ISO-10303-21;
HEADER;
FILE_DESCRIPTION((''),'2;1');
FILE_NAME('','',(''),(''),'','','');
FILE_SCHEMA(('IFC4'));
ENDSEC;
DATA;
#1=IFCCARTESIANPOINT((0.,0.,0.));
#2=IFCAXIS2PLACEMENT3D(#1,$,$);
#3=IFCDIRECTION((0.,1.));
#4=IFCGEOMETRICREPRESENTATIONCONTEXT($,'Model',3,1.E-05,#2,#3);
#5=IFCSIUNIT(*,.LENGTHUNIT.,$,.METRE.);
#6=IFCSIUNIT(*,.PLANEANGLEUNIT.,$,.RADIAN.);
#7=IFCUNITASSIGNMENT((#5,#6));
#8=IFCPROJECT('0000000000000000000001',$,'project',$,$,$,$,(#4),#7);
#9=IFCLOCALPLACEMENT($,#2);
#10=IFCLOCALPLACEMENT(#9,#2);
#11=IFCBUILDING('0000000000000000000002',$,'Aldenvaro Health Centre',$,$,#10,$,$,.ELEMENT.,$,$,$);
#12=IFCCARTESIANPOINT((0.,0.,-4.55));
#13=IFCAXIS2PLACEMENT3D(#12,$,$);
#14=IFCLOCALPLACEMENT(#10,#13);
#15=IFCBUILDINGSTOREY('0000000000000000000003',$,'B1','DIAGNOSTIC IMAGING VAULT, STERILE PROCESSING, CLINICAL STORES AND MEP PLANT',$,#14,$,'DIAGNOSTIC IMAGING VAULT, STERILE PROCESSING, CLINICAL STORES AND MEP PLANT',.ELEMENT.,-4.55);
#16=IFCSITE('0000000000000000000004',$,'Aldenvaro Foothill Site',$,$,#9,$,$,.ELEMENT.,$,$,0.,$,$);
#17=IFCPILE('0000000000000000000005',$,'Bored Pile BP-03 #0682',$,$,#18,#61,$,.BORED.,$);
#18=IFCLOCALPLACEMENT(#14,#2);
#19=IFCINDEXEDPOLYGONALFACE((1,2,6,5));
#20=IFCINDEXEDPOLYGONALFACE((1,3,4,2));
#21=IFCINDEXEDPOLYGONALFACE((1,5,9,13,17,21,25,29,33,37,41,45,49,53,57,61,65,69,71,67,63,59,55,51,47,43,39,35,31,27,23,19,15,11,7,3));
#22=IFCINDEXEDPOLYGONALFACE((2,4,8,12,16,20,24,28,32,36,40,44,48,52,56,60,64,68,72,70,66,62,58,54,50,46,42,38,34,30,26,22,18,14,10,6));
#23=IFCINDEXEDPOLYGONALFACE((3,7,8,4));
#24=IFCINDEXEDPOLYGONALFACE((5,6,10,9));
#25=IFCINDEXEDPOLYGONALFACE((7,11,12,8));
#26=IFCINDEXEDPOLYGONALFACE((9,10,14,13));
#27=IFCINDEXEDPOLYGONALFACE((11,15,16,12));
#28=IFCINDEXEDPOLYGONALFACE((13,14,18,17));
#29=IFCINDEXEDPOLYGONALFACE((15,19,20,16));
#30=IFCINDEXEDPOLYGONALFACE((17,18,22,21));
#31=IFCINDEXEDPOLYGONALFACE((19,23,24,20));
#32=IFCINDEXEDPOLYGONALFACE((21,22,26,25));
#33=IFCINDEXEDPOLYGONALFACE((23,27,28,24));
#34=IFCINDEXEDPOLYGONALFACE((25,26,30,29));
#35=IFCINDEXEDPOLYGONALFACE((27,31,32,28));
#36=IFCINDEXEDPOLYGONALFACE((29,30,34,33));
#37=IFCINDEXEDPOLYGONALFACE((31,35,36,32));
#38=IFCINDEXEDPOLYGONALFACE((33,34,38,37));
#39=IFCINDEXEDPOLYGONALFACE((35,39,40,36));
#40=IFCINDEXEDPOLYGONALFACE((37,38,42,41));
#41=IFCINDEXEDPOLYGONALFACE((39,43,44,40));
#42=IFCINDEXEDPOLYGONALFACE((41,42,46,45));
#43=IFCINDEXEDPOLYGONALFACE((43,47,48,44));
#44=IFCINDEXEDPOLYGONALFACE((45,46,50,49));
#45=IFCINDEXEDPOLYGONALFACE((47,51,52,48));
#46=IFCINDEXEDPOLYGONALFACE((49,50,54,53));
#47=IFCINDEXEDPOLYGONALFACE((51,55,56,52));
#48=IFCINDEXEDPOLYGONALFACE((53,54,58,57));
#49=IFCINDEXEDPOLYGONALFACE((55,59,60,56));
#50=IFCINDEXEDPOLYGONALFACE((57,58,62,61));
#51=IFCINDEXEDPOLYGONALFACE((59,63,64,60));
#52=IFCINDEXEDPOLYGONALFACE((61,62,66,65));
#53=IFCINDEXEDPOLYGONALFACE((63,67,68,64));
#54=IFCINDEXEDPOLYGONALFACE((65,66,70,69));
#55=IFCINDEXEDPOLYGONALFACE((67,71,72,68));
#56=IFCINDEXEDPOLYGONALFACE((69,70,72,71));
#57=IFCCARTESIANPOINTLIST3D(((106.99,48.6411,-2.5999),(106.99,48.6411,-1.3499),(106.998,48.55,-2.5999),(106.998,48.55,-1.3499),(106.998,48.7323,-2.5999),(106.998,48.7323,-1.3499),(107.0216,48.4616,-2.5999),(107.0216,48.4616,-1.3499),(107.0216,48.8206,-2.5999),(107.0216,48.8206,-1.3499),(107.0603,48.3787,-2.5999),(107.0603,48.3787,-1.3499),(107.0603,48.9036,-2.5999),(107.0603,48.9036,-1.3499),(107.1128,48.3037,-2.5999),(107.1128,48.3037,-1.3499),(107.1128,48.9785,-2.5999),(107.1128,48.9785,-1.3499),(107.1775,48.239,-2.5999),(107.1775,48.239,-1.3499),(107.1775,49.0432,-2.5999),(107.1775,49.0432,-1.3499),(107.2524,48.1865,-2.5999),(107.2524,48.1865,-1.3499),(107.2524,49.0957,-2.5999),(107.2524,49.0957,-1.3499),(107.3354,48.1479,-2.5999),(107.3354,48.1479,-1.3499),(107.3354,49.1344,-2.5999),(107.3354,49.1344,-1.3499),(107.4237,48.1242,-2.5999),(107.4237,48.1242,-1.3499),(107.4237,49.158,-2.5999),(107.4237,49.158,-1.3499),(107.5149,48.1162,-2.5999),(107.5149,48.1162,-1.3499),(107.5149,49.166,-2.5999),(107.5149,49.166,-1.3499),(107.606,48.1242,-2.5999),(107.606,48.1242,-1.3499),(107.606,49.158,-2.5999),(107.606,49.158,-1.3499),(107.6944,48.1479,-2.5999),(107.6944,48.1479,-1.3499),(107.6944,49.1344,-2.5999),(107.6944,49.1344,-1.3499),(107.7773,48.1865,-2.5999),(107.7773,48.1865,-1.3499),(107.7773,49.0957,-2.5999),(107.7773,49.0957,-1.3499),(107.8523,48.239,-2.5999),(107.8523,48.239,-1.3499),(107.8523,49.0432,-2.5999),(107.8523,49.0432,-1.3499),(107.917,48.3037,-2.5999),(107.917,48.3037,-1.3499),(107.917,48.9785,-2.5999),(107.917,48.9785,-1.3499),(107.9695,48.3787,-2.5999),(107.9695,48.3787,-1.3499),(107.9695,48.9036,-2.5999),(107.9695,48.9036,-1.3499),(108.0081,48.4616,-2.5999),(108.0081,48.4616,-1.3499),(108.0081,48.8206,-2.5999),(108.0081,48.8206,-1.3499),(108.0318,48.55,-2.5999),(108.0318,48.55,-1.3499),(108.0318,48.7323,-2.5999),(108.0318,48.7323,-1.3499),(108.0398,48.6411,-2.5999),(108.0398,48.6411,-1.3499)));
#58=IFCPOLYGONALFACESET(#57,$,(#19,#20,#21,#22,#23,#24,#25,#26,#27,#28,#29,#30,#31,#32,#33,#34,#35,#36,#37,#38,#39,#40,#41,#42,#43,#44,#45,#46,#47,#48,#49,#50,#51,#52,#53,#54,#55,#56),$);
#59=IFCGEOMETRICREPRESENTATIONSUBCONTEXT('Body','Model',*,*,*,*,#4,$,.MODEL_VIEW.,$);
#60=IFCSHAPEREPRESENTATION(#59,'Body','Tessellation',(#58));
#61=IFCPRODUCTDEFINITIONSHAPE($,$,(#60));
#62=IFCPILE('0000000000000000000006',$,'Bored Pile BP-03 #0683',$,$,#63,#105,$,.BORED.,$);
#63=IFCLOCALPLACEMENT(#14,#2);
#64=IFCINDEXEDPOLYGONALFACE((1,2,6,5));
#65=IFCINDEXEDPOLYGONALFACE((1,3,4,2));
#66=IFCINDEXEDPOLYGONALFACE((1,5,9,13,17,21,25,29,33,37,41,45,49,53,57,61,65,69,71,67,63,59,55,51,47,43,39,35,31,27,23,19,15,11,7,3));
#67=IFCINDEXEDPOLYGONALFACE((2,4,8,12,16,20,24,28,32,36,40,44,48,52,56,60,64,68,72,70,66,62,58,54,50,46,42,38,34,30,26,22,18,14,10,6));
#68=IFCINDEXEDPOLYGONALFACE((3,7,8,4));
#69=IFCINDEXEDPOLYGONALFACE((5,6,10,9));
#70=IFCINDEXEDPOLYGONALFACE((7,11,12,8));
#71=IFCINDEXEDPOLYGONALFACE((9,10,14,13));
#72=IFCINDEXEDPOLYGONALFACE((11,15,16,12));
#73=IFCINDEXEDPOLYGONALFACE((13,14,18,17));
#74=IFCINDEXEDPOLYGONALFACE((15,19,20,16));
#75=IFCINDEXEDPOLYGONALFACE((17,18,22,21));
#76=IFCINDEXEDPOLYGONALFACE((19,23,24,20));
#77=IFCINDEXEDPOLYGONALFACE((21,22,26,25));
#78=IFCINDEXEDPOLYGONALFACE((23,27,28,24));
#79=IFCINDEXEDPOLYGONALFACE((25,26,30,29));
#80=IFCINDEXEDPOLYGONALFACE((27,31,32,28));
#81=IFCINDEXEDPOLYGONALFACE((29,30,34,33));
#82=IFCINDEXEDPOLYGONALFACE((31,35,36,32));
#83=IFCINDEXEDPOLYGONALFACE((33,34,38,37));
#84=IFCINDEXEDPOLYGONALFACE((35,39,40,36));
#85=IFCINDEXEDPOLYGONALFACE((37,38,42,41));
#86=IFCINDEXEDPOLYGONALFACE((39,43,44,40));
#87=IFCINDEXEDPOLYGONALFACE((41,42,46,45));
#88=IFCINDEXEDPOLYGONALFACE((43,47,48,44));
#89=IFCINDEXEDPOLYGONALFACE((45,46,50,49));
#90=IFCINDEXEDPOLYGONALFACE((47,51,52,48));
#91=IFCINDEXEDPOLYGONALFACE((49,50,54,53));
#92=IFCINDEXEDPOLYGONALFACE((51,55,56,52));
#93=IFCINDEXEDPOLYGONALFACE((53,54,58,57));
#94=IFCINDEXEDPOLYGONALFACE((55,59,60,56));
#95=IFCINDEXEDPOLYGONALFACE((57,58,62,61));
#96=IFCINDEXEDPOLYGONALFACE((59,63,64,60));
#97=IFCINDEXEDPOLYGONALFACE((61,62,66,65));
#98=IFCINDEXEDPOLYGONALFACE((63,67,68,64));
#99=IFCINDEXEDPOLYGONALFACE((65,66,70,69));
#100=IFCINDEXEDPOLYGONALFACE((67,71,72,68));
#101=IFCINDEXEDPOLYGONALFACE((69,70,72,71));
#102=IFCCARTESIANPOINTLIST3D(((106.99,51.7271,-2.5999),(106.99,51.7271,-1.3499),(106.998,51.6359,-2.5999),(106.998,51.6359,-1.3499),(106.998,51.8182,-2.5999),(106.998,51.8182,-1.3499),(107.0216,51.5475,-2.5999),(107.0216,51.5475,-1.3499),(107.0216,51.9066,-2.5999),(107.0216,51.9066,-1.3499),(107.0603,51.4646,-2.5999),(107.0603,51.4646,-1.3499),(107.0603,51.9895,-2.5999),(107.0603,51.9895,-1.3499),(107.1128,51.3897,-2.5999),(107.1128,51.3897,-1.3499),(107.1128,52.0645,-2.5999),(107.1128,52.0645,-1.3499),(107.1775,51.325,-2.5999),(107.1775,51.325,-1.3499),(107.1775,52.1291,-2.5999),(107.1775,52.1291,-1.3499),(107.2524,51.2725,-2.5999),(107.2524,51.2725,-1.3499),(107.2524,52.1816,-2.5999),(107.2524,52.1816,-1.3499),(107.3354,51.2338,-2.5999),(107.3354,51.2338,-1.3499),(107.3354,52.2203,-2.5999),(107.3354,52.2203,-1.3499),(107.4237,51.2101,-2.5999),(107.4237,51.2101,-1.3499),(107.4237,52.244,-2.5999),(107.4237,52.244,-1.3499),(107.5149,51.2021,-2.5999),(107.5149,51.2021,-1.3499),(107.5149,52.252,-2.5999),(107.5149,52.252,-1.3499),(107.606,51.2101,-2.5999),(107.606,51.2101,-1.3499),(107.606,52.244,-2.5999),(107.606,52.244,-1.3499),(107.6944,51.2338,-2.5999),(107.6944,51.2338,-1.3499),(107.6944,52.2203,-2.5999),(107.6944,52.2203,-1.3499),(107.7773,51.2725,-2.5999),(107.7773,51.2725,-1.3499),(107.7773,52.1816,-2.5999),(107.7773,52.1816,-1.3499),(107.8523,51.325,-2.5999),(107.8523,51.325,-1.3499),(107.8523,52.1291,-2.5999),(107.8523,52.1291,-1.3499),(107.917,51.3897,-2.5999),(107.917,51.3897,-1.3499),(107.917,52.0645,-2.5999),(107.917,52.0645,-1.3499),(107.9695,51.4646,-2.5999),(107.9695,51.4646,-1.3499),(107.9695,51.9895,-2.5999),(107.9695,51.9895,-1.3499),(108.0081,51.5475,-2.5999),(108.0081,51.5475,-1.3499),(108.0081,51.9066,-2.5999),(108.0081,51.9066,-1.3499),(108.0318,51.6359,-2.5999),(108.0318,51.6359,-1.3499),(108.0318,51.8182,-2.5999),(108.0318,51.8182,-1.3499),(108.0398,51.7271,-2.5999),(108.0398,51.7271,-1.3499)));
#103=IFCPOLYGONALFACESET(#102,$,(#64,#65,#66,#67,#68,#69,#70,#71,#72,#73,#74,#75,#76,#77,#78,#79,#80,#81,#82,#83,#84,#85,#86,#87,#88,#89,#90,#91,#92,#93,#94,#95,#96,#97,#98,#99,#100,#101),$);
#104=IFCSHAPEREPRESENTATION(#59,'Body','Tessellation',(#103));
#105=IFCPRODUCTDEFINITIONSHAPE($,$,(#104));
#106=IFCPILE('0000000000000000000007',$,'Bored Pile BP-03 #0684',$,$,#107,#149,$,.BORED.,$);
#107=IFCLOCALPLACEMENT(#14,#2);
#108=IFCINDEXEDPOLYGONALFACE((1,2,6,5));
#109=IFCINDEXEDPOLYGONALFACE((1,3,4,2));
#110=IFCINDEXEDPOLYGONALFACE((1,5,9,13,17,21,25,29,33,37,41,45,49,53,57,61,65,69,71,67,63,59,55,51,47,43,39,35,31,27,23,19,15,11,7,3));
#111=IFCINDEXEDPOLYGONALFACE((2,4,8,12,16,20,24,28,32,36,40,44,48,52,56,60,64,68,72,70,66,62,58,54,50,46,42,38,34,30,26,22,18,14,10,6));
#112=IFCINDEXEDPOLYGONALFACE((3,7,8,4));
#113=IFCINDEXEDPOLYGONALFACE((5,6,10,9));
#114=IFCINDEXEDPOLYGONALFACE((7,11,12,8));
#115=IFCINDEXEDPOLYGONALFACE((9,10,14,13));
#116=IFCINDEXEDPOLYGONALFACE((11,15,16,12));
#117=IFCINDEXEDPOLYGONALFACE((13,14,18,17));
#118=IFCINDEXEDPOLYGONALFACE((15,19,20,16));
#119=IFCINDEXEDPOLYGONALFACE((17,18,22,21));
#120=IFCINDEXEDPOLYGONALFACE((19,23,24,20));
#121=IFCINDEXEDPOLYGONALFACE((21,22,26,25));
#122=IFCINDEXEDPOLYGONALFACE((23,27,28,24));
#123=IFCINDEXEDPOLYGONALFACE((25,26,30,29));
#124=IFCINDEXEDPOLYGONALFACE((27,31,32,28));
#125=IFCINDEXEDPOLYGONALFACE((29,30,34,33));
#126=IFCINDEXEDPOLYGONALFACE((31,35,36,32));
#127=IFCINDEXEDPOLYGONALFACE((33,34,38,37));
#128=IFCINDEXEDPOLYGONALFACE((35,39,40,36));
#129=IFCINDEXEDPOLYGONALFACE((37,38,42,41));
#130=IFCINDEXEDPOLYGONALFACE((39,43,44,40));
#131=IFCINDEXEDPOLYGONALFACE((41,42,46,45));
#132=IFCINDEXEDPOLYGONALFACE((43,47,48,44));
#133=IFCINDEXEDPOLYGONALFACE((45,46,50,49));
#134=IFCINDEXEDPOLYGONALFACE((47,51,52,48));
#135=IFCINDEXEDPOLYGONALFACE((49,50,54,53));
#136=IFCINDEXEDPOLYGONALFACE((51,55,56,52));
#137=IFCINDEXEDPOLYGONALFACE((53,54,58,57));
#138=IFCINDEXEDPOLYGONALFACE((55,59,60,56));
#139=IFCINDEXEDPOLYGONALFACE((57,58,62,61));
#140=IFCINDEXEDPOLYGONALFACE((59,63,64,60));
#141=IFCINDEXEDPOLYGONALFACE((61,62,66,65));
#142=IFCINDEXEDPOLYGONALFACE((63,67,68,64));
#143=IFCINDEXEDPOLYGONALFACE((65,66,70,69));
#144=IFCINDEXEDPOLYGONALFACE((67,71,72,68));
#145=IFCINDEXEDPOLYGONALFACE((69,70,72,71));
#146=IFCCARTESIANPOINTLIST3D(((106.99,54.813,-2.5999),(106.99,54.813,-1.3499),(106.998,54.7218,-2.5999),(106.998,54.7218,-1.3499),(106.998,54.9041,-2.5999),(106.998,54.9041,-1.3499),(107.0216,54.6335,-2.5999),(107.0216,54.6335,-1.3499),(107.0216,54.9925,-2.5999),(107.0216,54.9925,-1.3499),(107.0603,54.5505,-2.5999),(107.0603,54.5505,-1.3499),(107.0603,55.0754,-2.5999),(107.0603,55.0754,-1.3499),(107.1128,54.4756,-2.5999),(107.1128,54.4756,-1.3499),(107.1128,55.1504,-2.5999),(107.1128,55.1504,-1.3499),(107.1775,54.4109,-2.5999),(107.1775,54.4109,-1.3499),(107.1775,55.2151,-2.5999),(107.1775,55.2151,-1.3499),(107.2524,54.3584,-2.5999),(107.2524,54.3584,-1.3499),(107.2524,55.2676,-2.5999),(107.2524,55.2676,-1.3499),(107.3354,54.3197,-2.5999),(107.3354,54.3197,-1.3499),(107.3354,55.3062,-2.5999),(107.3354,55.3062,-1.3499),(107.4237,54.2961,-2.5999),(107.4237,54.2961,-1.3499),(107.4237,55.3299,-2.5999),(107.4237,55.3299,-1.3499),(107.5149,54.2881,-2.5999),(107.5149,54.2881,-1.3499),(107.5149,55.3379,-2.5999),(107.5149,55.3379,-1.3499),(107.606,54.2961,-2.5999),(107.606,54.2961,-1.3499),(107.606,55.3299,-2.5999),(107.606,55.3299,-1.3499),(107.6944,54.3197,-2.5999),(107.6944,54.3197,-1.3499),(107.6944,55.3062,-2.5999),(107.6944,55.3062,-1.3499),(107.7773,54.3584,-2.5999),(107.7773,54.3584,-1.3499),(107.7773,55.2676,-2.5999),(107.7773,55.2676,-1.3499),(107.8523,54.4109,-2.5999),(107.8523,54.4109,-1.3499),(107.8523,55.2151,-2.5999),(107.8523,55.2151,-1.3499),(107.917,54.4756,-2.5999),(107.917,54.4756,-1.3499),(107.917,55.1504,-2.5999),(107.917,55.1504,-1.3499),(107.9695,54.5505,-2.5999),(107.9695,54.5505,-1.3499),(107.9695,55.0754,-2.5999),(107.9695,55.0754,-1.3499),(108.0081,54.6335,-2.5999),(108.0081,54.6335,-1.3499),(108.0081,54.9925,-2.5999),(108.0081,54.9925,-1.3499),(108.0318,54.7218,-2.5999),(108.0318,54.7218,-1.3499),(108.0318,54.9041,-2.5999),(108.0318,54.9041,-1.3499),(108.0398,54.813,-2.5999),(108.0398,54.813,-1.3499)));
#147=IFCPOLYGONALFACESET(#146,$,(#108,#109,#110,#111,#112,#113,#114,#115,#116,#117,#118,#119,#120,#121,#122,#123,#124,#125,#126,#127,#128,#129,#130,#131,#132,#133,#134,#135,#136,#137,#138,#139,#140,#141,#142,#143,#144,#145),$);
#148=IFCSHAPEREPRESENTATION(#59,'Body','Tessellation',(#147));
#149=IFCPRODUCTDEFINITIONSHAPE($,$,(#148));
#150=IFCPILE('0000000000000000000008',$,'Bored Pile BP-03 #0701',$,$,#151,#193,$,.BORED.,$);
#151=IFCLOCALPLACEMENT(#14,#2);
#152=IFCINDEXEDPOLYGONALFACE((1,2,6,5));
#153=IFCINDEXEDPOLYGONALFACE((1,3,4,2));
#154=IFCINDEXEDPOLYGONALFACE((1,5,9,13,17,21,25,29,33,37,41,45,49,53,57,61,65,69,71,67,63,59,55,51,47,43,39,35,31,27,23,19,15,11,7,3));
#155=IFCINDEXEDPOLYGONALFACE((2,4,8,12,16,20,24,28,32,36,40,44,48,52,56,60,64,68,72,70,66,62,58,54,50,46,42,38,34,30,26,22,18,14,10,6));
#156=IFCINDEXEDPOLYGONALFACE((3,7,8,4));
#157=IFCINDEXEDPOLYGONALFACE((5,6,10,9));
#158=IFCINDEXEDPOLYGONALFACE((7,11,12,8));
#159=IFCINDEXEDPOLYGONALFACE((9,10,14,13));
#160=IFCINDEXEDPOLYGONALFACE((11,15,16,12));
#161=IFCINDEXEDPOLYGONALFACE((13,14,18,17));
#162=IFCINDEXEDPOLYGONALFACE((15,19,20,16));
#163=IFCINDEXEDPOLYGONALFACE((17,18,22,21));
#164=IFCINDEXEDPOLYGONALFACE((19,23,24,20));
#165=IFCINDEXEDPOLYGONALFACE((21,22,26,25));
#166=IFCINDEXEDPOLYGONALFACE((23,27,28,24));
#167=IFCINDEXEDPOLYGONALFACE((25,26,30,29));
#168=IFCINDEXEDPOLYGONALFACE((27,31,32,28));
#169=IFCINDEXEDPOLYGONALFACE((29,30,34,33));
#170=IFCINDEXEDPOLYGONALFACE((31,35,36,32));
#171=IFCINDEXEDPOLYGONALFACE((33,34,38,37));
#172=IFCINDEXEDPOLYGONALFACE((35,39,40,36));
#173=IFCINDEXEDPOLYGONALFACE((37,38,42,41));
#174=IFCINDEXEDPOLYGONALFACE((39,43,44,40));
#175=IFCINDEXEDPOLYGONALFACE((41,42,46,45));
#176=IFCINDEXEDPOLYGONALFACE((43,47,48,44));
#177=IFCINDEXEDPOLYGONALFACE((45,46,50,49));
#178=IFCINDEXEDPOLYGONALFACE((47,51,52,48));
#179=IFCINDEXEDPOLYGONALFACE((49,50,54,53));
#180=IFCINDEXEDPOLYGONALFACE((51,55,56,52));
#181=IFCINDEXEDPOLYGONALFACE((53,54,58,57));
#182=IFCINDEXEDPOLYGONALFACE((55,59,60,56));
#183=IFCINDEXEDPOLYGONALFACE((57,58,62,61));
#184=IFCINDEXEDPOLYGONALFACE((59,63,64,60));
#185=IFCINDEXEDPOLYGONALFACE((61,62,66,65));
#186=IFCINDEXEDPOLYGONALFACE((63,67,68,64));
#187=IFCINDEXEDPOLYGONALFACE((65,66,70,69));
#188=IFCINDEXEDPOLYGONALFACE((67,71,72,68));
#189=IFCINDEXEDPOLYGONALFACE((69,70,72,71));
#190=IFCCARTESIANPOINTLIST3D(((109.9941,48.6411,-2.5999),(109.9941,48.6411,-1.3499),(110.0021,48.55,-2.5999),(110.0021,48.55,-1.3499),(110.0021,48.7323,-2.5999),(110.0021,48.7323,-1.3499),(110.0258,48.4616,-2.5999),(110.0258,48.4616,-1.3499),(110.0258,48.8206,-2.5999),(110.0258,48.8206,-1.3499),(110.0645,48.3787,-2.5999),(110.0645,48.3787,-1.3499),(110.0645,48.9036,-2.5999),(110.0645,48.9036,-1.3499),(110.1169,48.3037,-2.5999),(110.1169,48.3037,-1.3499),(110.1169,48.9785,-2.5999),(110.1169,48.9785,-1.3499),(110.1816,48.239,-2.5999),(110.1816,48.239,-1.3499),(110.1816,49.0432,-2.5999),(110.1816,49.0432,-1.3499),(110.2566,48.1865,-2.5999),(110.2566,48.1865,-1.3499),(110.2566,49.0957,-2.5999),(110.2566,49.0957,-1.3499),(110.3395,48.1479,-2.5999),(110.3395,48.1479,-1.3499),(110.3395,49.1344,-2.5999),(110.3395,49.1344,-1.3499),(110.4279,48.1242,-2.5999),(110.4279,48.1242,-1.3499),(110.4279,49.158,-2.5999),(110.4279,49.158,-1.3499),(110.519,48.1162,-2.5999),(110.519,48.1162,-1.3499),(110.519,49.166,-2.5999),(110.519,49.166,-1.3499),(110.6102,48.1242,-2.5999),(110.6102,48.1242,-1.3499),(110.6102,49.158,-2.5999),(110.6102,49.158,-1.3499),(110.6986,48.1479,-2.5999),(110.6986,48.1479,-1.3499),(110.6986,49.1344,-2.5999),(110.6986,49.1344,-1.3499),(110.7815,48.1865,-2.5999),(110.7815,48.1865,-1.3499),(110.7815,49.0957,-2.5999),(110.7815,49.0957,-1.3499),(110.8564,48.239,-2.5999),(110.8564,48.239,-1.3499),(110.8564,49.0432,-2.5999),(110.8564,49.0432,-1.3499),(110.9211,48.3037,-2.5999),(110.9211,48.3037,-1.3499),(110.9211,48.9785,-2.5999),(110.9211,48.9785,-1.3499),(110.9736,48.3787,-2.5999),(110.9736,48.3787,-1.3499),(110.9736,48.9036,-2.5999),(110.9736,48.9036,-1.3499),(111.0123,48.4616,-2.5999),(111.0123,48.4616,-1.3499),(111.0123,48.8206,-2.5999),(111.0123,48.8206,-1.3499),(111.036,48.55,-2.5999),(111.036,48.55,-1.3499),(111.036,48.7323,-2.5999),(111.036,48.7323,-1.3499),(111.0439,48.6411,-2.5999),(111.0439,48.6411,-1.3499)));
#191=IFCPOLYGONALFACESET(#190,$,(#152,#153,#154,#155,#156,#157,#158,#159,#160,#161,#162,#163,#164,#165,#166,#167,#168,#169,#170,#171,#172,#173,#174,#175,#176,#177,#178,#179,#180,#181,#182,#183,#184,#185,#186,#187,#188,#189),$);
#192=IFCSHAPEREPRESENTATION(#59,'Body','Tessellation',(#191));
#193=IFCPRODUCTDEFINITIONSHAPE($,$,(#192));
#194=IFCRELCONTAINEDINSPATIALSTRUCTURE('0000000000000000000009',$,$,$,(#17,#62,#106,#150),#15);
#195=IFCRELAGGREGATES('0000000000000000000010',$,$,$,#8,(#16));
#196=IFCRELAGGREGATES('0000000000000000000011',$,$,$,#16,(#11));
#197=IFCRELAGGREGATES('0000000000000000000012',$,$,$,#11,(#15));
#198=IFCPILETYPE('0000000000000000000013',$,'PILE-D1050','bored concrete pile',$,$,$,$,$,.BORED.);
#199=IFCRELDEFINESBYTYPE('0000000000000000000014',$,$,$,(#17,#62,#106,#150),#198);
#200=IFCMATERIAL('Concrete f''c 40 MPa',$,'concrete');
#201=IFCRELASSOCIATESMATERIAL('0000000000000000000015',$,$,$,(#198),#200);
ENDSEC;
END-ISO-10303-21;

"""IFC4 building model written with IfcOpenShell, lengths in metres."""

from ifc_helpers import new_model, si_unit, direction, frame, origin, origin_2d, place, context, subcontext, project, spatial, circle, extrude, material, material_profile, profile_set, type_object, element, save


model = new_model("IFC4")

# Units and contexts
model_context = context("Model", 3, precision=1e-05, world=origin(), true_north=direction((0.0, 1.0)))
body_context = subcontext(model_context, "Body", "Model", "MODEL_VIEW")
ifc_project = project(units=[si_unit("LENGTHUNIT", "METRE"), si_unit("PLANEANGLEUNIT", "RADIAN")], contexts=[model_context])

# Site, building, storey
site_placement = place(None, origin())
site = spatial("IfcSite", under=ifc_project, at=site_placement, Name="Aldenvaro Foothill Site", CompositionType="ELEMENT", RefElevation=0.0)
building_placement = place(site_placement, origin())
building = spatial("IfcBuilding", under=site, at=building_placement, Name="Aldenvaro Health Centre", CompositionType="ELEMENT")
storey_placement = place(building_placement, frame((0.0, 0.0, -4.55)))
storey = spatial("IfcBuildingStorey", under=building, at=storey_placement, Name="B1", Description="DIAGNOSTIC IMAGING VAULT, STERILE PROCESSING, CLINICAL STORES AND MEP PLANT", LongName="DIAGNOSTIC IMAGING VAULT, STERILE PROCESSING, CLINICAL STORES AND MEP PLANT", CompositionType="ELEMENT", Elevation=-4.55)

# Piles
ifc_material = material(Name="Concrete f'c 40 MPa", Category="concrete")
ifc_material_profile_1 = material_profile(ifc_material, circle(Radius=0.5249, at=origin_2d()), Name="PILE D1050", Category="concrete")
ifc_profile_set_1 = profile_set([ifc_material_profile_1], Name="Concrete f'c 40 MPa")
pile_type = type_object("IfcPileType", Name="PILE-D1050", Description="bored concrete pile", PredefinedType="BORED", material=ifc_profile_set_1)
for number, where, z_axis, x_axis, name in (
    (1, (107.5149, 48.6411, -1.3499), (0.0, 0.0, -1.0), (1.0, 0.0, 0.0), "Bored Pile BP-03 #0682"),
    (2, (107.5149, 51.7271, -1.3499), (0.0, 0.0, -1.0), (1.0, 0.0, 0.0), "Bored Pile BP-03 #0683"),
    (3, (107.5149, 54.813, -1.3499), (0.0, 0.0, -1.0), (1.0, 0.0, 0.0), "Bored Pile BP-03 #0684"),
    (4, (110.519, 48.6411, -1.3499), (0.0, 0.0, -1.0), (1.0, 0.0, 0.0), "Bored Pile BP-03 #0701"),
):
    element("IfcPile", number, at=place(storey_placement, frame(where, z_axis=z_axis, x_axis=x_axis)), inside=storey, type_object=pile_type, Name=name, PredefinedType="BORED", context=body_context, shape_type="SweptSolid", body=[
        extrude(circle(Radius=0.5249, at=origin_2d()), origin(), (0.0, 0.0, 1.0), 1.25),
    ])

save(model, "model.ifc")
